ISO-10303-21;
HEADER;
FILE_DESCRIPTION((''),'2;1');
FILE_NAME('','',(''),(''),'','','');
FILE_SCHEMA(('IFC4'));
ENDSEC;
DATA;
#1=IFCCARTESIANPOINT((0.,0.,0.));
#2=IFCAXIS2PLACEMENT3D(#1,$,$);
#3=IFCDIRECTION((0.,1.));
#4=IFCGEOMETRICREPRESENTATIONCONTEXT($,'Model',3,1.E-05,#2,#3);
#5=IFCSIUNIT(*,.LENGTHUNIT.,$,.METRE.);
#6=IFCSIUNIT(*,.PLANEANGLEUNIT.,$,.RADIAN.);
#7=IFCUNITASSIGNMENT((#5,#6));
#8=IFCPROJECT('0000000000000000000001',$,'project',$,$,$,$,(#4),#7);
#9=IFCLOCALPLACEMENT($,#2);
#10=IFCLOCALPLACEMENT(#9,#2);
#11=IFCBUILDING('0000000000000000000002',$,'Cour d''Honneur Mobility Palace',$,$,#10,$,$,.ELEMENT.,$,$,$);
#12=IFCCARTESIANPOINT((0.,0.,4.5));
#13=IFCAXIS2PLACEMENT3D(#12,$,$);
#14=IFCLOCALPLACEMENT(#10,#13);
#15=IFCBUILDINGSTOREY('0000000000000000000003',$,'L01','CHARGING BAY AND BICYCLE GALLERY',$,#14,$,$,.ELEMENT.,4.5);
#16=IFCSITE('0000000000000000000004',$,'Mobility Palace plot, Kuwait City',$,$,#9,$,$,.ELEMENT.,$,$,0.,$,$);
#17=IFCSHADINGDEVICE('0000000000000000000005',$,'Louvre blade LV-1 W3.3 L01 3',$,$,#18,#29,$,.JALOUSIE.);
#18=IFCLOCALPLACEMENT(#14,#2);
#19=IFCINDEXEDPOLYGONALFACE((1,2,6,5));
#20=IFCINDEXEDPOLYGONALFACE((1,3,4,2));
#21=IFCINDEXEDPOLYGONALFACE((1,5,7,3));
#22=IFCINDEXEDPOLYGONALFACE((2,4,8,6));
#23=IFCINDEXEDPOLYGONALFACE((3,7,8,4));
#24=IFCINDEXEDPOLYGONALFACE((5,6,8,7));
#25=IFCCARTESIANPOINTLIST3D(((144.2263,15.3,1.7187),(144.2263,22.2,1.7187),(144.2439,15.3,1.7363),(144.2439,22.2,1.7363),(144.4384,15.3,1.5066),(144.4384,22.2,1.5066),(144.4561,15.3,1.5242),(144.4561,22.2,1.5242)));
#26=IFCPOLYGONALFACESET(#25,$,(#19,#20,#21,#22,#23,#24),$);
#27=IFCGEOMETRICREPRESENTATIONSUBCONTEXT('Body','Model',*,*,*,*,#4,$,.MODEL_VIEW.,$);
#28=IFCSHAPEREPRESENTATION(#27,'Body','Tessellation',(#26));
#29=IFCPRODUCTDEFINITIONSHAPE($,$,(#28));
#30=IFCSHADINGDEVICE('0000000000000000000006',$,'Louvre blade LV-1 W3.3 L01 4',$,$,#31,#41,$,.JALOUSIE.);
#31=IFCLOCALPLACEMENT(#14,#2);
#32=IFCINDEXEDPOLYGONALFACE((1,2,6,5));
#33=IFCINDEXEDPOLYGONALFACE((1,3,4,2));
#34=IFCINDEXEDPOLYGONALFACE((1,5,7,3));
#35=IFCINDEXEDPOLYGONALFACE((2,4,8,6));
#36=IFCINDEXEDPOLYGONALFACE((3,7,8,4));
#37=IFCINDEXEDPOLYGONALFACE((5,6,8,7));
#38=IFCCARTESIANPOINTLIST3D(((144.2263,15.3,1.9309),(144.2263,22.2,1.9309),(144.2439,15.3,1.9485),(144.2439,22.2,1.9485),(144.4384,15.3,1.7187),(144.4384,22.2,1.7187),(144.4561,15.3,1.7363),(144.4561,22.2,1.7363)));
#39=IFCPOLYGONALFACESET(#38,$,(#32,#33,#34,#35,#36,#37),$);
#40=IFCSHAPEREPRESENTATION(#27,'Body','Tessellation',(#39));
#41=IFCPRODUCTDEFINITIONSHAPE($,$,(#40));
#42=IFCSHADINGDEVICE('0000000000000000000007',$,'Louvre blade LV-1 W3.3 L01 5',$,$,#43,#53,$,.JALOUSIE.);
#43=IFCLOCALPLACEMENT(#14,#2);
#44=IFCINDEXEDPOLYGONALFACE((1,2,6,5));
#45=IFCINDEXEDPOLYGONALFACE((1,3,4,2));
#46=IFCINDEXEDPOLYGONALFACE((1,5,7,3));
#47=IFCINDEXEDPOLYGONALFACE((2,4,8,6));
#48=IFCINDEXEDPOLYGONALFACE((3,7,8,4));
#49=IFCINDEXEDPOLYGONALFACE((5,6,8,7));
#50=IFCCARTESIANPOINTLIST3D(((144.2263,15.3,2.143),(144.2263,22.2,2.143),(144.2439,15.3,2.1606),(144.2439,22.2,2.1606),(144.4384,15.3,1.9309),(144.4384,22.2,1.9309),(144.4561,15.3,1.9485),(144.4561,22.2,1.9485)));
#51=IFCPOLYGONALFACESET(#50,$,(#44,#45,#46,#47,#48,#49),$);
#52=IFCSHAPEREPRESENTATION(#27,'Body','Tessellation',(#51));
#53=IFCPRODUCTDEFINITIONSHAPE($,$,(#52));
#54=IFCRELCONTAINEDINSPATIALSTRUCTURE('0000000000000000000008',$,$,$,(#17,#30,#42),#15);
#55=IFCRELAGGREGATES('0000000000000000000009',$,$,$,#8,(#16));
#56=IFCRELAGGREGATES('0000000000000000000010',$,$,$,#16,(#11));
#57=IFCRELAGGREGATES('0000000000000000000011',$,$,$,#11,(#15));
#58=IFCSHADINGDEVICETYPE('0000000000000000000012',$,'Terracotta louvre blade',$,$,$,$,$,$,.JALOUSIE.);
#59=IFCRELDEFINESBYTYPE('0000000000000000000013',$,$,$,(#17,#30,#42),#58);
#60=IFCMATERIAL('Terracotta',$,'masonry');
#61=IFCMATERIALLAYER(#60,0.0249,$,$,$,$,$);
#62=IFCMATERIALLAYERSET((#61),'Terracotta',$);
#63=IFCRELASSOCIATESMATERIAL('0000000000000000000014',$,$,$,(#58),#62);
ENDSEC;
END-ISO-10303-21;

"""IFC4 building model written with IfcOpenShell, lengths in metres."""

from ifc_helpers import new_model, si_unit, direction, frame, origin, place, context, subcontext, project, spatial, polyline, outline, extrude, material, layer, layer_set, type_object, element, save


model = new_model("IFC4")

# Units and contexts
model_context = context("Model", 3, precision=1e-05, world=origin(), true_north=direction((0.0, 1.0)))
body_context = subcontext(model_context, "Body", "Model", "MODEL_VIEW")
ifc_project = project(units=[si_unit("LENGTHUNIT", "METRE"), si_unit("PLANEANGLEUNIT", "RADIAN")], contexts=[model_context])

# Site, building, storey
site_placement = place(None, origin())
site = spatial("IfcSite", under=ifc_project, at=site_placement, Name="Mobility Palace plot, Kuwait City", CompositionType="ELEMENT", RefElevation=0.0)
building_placement = place(site_placement, origin())
building = spatial("IfcBuilding", under=site, at=building_placement, Name="Cour d'Honneur Mobility Palace", CompositionType="ELEMENT")
storey_placement = place(building_placement, frame((0.0, 0.0, 4.5)))
storey = spatial("IfcBuildingStorey", under=building, at=storey_placement, Name="L01", Description="CHARGING BAY AND BICYCLE GALLERY", CompositionType="ELEMENT", Elevation=4.5)

# Shading devices
ifc_material_1 = material(Name="Terracotta", Category="masonry")
ifc_layer_1 = layer(ifc_material_1, 0.0249)
ifc_layer_set_1 = layer_set([ifc_layer_1], Name="Terracotta")
shading_device_type = type_object("IfcShadingDeviceType", Name="Terracotta louvre blade", PredefinedType="JALOUSIE", material=ifc_layer_set_1)
for number, where, z_axis, x_axis, name in (
    (1, (144.4561, 22.2, 1.5242), (0.707107, 0.0, 0.707107), (0.0, -1.0, 0.0), "Louvre blade LV-1 W3.3 L01 3"),
    (2, (144.4561, 22.2, 1.7363), (0.707107, 0.0, 0.707107), (0.0, -1.0, 0.0), "Louvre blade LV-1 W3.3 L01 4"),
    (3, (144.4561, 22.2, 1.9485), (0.707107, 0.0, 0.707107), (0.0, -1.0, 0.0), "Louvre blade LV-1 W3.3 L01 5"),
):
    element("IfcShadingDevice", number, at=place(storey_placement, frame(where, z_axis=z_axis, x_axis=x_axis)), inside=storey, type_object=shading_device_type, Name=name, PredefinedType="JALOUSIE", context=body_context, shape_type="SweptSolid", body=[
        extrude(outline(polyline([(0.0, 0.0), (6.8999, 0.0), (6.8999, -0.3), (0.0, -0.3), (0.0, 0.0)])), origin(), (0.0, 0.0, -1.0), 0.0249),
    ])

save(model, "model.ifc")
